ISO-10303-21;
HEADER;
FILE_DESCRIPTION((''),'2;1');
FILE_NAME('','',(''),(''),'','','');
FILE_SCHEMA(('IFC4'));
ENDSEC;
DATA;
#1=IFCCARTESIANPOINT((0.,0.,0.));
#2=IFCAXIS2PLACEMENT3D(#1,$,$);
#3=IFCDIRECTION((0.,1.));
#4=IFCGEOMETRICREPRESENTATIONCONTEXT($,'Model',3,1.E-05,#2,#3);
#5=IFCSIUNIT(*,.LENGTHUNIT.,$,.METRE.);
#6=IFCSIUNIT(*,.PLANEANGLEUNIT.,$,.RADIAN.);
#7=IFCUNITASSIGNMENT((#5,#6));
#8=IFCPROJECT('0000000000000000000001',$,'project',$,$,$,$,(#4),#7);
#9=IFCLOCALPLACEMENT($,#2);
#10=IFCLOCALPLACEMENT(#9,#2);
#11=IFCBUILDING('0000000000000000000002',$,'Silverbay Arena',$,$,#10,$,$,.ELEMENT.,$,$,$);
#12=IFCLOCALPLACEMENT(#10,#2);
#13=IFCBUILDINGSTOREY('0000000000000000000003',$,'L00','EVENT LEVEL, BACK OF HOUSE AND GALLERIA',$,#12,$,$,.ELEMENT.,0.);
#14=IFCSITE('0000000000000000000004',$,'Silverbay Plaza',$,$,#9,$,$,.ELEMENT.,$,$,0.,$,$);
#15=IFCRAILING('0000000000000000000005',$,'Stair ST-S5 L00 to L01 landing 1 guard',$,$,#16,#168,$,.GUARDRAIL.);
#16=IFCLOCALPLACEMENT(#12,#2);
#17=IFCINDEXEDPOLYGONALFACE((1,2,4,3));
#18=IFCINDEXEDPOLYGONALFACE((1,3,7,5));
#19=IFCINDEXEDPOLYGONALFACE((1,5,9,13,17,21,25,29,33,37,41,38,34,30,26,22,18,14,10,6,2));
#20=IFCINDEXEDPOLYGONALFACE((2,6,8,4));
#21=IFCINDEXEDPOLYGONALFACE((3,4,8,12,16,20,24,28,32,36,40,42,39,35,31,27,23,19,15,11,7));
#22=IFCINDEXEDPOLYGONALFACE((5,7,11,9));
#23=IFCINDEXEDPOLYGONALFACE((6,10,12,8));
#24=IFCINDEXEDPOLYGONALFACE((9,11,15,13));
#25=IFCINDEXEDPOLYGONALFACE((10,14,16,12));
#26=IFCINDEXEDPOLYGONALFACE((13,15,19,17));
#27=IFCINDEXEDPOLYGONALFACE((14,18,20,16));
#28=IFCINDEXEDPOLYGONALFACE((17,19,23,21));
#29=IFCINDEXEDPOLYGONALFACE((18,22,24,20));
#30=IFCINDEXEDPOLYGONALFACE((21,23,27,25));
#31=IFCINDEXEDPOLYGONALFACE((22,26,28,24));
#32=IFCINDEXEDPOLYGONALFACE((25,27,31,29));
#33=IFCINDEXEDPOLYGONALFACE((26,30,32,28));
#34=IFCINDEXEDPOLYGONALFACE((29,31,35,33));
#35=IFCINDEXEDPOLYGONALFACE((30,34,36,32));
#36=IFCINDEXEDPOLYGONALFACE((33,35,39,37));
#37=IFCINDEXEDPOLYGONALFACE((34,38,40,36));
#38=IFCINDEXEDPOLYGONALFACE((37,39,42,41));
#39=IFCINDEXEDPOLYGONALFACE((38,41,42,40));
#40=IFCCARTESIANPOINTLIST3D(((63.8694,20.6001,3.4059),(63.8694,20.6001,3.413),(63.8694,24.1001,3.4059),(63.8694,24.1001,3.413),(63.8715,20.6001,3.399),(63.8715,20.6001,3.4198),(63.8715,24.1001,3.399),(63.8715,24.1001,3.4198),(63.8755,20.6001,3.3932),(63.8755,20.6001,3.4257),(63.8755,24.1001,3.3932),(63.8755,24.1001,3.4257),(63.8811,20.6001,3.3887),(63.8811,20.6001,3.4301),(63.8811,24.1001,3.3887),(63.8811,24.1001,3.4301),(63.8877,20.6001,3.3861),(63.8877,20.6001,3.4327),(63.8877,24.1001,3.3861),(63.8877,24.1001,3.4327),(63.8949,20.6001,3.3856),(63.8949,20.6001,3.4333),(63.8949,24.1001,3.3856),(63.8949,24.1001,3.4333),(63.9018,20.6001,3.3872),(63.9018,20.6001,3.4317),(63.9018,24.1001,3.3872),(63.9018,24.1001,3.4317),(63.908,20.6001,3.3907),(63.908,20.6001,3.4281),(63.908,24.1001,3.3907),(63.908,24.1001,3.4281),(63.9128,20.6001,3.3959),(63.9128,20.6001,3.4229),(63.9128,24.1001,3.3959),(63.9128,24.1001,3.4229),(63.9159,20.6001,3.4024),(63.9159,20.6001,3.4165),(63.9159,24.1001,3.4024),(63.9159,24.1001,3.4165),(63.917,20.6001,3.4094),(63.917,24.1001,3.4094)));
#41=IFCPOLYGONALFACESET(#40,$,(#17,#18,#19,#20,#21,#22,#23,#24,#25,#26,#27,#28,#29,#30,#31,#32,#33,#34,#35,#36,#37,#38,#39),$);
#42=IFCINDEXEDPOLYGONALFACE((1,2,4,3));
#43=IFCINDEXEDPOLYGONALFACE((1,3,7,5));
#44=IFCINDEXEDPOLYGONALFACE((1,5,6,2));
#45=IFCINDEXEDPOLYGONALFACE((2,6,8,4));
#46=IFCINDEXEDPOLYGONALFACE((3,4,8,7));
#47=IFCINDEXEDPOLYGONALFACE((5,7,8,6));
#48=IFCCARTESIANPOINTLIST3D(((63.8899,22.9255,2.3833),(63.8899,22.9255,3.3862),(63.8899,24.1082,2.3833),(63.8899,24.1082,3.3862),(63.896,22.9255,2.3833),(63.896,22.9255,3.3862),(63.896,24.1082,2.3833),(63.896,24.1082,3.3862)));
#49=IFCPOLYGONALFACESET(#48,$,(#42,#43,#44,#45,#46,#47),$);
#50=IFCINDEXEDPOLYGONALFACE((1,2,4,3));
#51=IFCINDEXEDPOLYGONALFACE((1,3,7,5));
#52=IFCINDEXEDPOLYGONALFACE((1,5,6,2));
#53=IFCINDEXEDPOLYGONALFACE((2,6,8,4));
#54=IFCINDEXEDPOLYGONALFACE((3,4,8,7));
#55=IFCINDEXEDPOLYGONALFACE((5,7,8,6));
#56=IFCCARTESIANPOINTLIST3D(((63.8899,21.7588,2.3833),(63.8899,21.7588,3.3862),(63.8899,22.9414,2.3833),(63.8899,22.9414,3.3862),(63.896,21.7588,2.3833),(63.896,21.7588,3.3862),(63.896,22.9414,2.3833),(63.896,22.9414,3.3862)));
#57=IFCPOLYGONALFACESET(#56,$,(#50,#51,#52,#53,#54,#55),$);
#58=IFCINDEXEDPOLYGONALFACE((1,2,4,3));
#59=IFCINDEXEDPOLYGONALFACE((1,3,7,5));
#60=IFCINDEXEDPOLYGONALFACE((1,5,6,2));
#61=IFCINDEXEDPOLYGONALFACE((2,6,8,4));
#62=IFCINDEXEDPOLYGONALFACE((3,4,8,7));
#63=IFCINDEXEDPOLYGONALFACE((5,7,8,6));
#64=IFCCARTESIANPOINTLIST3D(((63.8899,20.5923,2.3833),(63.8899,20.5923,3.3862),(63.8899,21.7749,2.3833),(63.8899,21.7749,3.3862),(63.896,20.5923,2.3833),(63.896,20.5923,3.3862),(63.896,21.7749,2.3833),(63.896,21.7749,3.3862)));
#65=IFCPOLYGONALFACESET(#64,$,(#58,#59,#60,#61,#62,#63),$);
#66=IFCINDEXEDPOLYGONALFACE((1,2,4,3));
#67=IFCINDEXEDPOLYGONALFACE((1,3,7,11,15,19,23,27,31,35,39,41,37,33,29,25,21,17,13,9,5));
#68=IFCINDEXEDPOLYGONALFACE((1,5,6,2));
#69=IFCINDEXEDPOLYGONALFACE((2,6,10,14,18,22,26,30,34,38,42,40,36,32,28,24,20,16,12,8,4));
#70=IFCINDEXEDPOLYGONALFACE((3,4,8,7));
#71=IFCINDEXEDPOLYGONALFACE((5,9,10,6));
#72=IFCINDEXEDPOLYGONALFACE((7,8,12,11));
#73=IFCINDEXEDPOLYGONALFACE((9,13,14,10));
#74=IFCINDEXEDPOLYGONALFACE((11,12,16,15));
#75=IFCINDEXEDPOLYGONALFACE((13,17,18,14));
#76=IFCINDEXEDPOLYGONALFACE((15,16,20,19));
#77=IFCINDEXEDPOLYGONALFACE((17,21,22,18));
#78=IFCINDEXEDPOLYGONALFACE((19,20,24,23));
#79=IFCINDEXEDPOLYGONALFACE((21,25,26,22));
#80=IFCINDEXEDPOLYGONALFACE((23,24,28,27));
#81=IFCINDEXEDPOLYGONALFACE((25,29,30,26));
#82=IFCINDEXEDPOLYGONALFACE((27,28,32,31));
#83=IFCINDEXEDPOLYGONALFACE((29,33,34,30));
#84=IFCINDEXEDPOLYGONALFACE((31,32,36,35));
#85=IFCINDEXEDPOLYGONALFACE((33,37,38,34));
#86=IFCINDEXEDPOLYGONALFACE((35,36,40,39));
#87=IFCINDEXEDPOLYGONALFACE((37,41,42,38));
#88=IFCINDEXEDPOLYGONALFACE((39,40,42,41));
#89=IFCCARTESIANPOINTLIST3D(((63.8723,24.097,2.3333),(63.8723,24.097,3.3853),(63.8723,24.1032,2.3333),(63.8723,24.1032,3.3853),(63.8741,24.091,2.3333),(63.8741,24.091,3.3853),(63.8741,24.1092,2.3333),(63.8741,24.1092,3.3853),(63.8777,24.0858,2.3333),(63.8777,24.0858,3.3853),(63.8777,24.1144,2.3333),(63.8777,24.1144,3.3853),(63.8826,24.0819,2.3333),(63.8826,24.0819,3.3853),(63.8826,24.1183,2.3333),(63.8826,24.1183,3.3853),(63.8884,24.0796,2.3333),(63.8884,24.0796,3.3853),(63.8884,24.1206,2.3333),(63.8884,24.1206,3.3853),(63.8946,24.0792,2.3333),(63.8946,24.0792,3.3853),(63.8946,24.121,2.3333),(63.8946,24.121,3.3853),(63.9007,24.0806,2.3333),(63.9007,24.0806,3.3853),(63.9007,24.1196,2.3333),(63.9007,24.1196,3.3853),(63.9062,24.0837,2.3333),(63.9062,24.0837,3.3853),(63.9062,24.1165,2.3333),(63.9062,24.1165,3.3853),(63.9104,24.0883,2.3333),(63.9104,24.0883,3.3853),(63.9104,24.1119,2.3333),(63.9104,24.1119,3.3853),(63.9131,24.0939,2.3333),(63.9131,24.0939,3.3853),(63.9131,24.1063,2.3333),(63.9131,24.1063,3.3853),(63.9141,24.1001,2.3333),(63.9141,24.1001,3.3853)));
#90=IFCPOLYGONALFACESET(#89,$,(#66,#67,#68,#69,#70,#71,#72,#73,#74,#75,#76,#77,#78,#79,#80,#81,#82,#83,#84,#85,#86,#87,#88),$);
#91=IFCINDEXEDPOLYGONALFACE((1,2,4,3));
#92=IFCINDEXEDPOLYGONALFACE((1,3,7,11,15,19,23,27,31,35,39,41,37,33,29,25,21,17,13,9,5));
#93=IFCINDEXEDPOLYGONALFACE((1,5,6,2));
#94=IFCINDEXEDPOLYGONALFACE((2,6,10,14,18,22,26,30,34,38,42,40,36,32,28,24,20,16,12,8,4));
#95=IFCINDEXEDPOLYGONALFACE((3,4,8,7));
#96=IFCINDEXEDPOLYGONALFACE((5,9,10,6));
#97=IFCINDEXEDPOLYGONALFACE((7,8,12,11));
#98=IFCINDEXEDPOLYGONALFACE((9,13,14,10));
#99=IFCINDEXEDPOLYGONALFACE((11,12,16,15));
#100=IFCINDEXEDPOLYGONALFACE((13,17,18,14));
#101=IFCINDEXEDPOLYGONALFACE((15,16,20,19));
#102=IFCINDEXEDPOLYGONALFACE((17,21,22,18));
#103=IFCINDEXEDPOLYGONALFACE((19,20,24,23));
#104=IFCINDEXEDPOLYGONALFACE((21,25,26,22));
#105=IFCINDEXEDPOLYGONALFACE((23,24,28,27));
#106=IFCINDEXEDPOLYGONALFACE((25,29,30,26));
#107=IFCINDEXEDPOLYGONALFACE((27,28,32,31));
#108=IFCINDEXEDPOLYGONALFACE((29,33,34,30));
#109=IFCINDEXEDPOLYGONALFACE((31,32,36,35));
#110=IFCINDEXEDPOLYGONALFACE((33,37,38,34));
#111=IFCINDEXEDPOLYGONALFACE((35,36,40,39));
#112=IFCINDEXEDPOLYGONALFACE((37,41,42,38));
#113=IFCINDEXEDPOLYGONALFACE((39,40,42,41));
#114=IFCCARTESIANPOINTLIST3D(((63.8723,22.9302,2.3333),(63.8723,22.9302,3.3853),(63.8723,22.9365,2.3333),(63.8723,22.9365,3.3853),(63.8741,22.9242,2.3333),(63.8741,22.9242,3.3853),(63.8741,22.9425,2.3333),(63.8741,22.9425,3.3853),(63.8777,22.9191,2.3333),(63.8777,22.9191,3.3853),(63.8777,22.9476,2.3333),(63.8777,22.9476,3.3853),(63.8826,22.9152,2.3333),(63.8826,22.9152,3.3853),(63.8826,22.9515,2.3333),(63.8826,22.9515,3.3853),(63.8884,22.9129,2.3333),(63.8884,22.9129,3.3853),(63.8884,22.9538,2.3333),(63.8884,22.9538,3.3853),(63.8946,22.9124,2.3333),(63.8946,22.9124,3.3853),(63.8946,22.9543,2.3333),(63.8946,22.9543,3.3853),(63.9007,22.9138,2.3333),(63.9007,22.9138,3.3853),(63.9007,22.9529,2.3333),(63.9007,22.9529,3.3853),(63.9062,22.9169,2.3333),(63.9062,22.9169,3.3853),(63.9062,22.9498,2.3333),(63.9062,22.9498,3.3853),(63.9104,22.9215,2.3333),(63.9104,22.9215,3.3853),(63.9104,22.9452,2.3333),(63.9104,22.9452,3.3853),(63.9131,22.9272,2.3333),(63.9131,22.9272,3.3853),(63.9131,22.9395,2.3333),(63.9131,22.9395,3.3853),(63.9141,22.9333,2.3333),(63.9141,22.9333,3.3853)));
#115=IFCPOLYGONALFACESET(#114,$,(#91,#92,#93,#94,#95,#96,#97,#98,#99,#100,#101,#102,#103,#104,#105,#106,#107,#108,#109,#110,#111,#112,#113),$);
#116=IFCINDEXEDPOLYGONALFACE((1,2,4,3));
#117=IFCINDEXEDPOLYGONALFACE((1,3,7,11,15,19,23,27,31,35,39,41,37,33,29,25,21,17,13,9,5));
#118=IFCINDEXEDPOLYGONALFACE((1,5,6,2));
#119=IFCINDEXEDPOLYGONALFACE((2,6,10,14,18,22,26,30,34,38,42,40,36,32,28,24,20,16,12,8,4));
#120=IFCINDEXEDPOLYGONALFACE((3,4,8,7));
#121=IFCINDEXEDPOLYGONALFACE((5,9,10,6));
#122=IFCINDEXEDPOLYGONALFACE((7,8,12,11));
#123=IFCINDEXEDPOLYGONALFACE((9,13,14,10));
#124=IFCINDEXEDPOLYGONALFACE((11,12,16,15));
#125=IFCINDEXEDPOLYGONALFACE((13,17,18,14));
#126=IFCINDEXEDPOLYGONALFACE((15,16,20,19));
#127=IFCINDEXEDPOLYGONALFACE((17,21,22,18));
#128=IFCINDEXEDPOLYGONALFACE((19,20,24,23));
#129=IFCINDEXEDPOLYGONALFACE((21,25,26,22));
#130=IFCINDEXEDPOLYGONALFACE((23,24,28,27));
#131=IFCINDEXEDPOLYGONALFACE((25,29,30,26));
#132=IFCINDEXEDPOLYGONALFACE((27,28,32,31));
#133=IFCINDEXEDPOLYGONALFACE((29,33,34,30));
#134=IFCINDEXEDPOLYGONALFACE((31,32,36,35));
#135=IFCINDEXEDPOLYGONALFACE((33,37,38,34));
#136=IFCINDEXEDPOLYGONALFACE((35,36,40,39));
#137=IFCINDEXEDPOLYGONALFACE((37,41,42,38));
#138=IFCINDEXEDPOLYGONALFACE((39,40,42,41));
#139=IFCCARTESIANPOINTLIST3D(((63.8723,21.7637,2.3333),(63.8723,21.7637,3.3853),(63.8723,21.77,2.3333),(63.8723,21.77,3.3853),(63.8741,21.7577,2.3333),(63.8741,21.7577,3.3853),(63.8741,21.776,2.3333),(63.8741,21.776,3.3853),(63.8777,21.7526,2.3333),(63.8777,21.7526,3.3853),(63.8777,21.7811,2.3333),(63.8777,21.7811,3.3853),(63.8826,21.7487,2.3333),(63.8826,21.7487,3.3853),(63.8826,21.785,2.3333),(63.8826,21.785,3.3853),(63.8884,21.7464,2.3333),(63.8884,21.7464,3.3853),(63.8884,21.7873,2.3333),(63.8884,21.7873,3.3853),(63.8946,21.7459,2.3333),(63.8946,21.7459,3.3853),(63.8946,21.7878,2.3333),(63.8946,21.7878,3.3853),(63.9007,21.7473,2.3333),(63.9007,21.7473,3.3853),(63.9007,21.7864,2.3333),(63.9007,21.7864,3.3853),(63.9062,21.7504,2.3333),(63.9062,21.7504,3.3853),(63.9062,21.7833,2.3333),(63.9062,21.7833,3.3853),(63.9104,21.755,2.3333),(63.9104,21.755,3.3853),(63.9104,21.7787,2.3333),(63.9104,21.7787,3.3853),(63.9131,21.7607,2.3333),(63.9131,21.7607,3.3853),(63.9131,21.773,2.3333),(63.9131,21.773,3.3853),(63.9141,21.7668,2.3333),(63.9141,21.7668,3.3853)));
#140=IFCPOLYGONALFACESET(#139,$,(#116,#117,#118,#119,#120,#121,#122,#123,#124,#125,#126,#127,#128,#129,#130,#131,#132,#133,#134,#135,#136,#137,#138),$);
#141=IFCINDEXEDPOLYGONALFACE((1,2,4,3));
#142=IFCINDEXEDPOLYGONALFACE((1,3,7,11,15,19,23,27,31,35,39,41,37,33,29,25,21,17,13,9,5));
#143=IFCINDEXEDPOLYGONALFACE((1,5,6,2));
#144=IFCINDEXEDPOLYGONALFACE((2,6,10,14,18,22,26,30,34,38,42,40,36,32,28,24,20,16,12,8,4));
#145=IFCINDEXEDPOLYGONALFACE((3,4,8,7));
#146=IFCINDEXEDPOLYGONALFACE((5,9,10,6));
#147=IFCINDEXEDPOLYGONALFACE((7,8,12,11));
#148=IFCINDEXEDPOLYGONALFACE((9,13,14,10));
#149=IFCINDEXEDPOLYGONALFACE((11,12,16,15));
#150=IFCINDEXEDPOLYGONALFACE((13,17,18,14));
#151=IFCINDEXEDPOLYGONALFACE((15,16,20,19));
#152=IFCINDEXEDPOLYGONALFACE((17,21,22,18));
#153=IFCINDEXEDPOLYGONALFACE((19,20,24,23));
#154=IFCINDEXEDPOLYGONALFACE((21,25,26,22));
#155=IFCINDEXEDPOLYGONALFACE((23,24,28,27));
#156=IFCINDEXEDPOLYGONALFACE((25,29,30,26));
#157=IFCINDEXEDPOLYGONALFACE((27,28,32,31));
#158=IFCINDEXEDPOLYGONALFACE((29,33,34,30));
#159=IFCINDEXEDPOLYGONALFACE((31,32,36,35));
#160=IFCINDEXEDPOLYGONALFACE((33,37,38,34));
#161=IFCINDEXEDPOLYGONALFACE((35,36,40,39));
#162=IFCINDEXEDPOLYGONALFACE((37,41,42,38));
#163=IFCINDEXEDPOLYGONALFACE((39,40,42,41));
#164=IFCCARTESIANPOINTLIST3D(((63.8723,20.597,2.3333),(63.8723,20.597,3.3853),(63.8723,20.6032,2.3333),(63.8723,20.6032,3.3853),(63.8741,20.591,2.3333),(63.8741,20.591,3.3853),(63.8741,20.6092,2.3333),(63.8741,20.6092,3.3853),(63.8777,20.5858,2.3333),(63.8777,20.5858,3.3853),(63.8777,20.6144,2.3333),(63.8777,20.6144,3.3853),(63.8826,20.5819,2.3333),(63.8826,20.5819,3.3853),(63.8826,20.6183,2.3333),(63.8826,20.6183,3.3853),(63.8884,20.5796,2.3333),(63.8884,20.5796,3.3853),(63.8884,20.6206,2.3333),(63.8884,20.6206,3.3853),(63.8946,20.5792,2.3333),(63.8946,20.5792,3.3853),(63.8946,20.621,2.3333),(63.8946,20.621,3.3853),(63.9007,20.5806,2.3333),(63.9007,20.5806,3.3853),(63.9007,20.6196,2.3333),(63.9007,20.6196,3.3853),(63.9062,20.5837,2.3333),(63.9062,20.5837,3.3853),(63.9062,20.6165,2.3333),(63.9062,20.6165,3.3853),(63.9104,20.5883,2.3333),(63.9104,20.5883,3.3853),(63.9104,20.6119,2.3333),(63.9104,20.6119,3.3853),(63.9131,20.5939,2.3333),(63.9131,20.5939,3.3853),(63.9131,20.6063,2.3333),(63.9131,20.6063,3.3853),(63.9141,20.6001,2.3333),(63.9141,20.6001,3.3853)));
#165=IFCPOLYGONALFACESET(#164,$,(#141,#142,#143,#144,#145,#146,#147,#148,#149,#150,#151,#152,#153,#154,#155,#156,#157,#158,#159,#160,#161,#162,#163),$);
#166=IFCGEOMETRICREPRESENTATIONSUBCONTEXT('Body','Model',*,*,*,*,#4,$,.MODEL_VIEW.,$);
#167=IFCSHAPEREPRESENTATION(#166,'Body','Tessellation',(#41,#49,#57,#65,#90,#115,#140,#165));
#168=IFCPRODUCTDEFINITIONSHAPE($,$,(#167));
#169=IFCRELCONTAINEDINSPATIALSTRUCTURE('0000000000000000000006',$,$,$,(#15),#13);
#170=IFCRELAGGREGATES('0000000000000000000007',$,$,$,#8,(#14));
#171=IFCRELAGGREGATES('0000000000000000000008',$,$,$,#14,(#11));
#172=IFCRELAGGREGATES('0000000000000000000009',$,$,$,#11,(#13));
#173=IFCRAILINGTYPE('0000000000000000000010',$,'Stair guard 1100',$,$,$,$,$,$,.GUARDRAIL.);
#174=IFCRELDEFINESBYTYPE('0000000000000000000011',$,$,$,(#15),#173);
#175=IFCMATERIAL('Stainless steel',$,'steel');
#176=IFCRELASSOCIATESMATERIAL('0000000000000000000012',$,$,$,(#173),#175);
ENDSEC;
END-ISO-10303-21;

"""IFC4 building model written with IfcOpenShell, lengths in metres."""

from ifc_helpers import new_model, si_unit, direction, frame, origin, origin_2d, place, context, subcontext, project, spatial, polyline, circle, outline, extrude, material, type_object, element, save


model = new_model("IFC4")

# Units and contexts
model_context = context("Model", 3, precision=1e-05, world=origin(), true_north=direction((0.0, 1.0)))
body_context = subcontext(model_context, "Body", "Model", "MODEL_VIEW")
ifc_project = project(units=[si_unit("LENGTHUNIT", "METRE"), si_unit("PLANEANGLEUNIT", "RADIAN")], contexts=[model_context])

# Site, building, storey
site_placement = place(None, origin())
site = spatial("IfcSite", under=ifc_project, at=site_placement, Name="Silverbay Plaza", CompositionType="ELEMENT", RefElevation=0.0)
building_placement = place(site_placement, origin())
building = spatial("IfcBuilding", under=site, at=building_placement, Name="Silverbay Arena", CompositionType="ELEMENT")
storey_placement = place(building_placement, origin())
storey = spatial("IfcBuildingStorey", under=building, at=storey_placement, Name="L00", Description="EVENT LEVEL, BACK OF HOUSE AND GALLERIA", CompositionType="ELEMENT", Elevation=0.0)

# Railing
ifc_material_1 = material(Name="Stainless steel", Category="steel")
railing_type_1 = type_object("IfcRailingType", Name="Stair guard 1100", PredefinedType="GUARDRAIL", material=ifc_material_1)
for number, where, name in (
    (1, (63.8931, 24.1001, 2.3333), "Stair ST-S5 L00 to L01 landing 1 guard"),
):
    element("IfcRailing", number, at=place(storey_placement, frame(where)), inside=storey, type_object=railing_type_1, Name=name, PredefinedType="GUARDRAIL", context=body_context, shape_type="SweptSolid", body=[
        extrude(circle(Radius=0.0239, at=origin_2d()), frame((0.0, 0.0, 1.0762), z_axis=(0.0, -1.0, 0.0), x_axis=(1.0, 0.0, 0.0)), (0.0, 0.0, 1.0), 3.5),
        extrude(outline(polyline([(-0.0081, 0.05), (1.1746, 0.05), (1.1746, 1.053), (-0.0081, 1.053), (-0.0081, 0.05)])), frame((0.0029, 0.0, 0.0), z_axis=(-1.0, 0.0, 0.0), x_axis=(0.0, -1.0, 0.0)), (0.0, 0.0, 1.0), 0.0061),
        extrude(outline(polyline([(-0.0081, 0.05), (1.1746, 0.05), (1.1746, 1.053), (-0.0081, 1.053), (-0.0081, 0.05)])), frame((0.0029, -1.1667, 0.0), z_axis=(-1.0, 0.0, 0.0), x_axis=(0.0, -1.0, 0.0)), (0.0, 0.0, 1.0), 0.0061),
        extrude(outline(polyline([(-0.0081, 0.05), (1.1746, 0.05), (1.1746, 1.053), (-0.0081, 1.053), (-0.0081, 0.05)])), frame((0.0029, -2.3333, 0.0), z_axis=(-1.0, 0.0, 0.0), x_axis=(0.0, -1.0, 0.0)), (0.0, 0.0, 1.0), 0.0061),
        extrude(circle(Radius=0.021, at=origin_2d()), origin(), (0.0, 0.0, 1.0), 1.052),
        extrude(circle(Radius=0.021, at=origin_2d()), frame((0.0, -1.1667, 0.0)), (0.0, 0.0, 1.0), 1.052),
        extrude(circle(Radius=0.021, at=origin_2d()), frame((0.0, -2.3333, 0.0)), (0.0, 0.0, 1.0), 1.052),
        extrude(circle(Radius=0.021, at=origin_2d()), frame((0.0, -3.5, 0.0)), (0.0, 0.0, 1.0), 1.052),
    ])

save(model, "model.ifc")
